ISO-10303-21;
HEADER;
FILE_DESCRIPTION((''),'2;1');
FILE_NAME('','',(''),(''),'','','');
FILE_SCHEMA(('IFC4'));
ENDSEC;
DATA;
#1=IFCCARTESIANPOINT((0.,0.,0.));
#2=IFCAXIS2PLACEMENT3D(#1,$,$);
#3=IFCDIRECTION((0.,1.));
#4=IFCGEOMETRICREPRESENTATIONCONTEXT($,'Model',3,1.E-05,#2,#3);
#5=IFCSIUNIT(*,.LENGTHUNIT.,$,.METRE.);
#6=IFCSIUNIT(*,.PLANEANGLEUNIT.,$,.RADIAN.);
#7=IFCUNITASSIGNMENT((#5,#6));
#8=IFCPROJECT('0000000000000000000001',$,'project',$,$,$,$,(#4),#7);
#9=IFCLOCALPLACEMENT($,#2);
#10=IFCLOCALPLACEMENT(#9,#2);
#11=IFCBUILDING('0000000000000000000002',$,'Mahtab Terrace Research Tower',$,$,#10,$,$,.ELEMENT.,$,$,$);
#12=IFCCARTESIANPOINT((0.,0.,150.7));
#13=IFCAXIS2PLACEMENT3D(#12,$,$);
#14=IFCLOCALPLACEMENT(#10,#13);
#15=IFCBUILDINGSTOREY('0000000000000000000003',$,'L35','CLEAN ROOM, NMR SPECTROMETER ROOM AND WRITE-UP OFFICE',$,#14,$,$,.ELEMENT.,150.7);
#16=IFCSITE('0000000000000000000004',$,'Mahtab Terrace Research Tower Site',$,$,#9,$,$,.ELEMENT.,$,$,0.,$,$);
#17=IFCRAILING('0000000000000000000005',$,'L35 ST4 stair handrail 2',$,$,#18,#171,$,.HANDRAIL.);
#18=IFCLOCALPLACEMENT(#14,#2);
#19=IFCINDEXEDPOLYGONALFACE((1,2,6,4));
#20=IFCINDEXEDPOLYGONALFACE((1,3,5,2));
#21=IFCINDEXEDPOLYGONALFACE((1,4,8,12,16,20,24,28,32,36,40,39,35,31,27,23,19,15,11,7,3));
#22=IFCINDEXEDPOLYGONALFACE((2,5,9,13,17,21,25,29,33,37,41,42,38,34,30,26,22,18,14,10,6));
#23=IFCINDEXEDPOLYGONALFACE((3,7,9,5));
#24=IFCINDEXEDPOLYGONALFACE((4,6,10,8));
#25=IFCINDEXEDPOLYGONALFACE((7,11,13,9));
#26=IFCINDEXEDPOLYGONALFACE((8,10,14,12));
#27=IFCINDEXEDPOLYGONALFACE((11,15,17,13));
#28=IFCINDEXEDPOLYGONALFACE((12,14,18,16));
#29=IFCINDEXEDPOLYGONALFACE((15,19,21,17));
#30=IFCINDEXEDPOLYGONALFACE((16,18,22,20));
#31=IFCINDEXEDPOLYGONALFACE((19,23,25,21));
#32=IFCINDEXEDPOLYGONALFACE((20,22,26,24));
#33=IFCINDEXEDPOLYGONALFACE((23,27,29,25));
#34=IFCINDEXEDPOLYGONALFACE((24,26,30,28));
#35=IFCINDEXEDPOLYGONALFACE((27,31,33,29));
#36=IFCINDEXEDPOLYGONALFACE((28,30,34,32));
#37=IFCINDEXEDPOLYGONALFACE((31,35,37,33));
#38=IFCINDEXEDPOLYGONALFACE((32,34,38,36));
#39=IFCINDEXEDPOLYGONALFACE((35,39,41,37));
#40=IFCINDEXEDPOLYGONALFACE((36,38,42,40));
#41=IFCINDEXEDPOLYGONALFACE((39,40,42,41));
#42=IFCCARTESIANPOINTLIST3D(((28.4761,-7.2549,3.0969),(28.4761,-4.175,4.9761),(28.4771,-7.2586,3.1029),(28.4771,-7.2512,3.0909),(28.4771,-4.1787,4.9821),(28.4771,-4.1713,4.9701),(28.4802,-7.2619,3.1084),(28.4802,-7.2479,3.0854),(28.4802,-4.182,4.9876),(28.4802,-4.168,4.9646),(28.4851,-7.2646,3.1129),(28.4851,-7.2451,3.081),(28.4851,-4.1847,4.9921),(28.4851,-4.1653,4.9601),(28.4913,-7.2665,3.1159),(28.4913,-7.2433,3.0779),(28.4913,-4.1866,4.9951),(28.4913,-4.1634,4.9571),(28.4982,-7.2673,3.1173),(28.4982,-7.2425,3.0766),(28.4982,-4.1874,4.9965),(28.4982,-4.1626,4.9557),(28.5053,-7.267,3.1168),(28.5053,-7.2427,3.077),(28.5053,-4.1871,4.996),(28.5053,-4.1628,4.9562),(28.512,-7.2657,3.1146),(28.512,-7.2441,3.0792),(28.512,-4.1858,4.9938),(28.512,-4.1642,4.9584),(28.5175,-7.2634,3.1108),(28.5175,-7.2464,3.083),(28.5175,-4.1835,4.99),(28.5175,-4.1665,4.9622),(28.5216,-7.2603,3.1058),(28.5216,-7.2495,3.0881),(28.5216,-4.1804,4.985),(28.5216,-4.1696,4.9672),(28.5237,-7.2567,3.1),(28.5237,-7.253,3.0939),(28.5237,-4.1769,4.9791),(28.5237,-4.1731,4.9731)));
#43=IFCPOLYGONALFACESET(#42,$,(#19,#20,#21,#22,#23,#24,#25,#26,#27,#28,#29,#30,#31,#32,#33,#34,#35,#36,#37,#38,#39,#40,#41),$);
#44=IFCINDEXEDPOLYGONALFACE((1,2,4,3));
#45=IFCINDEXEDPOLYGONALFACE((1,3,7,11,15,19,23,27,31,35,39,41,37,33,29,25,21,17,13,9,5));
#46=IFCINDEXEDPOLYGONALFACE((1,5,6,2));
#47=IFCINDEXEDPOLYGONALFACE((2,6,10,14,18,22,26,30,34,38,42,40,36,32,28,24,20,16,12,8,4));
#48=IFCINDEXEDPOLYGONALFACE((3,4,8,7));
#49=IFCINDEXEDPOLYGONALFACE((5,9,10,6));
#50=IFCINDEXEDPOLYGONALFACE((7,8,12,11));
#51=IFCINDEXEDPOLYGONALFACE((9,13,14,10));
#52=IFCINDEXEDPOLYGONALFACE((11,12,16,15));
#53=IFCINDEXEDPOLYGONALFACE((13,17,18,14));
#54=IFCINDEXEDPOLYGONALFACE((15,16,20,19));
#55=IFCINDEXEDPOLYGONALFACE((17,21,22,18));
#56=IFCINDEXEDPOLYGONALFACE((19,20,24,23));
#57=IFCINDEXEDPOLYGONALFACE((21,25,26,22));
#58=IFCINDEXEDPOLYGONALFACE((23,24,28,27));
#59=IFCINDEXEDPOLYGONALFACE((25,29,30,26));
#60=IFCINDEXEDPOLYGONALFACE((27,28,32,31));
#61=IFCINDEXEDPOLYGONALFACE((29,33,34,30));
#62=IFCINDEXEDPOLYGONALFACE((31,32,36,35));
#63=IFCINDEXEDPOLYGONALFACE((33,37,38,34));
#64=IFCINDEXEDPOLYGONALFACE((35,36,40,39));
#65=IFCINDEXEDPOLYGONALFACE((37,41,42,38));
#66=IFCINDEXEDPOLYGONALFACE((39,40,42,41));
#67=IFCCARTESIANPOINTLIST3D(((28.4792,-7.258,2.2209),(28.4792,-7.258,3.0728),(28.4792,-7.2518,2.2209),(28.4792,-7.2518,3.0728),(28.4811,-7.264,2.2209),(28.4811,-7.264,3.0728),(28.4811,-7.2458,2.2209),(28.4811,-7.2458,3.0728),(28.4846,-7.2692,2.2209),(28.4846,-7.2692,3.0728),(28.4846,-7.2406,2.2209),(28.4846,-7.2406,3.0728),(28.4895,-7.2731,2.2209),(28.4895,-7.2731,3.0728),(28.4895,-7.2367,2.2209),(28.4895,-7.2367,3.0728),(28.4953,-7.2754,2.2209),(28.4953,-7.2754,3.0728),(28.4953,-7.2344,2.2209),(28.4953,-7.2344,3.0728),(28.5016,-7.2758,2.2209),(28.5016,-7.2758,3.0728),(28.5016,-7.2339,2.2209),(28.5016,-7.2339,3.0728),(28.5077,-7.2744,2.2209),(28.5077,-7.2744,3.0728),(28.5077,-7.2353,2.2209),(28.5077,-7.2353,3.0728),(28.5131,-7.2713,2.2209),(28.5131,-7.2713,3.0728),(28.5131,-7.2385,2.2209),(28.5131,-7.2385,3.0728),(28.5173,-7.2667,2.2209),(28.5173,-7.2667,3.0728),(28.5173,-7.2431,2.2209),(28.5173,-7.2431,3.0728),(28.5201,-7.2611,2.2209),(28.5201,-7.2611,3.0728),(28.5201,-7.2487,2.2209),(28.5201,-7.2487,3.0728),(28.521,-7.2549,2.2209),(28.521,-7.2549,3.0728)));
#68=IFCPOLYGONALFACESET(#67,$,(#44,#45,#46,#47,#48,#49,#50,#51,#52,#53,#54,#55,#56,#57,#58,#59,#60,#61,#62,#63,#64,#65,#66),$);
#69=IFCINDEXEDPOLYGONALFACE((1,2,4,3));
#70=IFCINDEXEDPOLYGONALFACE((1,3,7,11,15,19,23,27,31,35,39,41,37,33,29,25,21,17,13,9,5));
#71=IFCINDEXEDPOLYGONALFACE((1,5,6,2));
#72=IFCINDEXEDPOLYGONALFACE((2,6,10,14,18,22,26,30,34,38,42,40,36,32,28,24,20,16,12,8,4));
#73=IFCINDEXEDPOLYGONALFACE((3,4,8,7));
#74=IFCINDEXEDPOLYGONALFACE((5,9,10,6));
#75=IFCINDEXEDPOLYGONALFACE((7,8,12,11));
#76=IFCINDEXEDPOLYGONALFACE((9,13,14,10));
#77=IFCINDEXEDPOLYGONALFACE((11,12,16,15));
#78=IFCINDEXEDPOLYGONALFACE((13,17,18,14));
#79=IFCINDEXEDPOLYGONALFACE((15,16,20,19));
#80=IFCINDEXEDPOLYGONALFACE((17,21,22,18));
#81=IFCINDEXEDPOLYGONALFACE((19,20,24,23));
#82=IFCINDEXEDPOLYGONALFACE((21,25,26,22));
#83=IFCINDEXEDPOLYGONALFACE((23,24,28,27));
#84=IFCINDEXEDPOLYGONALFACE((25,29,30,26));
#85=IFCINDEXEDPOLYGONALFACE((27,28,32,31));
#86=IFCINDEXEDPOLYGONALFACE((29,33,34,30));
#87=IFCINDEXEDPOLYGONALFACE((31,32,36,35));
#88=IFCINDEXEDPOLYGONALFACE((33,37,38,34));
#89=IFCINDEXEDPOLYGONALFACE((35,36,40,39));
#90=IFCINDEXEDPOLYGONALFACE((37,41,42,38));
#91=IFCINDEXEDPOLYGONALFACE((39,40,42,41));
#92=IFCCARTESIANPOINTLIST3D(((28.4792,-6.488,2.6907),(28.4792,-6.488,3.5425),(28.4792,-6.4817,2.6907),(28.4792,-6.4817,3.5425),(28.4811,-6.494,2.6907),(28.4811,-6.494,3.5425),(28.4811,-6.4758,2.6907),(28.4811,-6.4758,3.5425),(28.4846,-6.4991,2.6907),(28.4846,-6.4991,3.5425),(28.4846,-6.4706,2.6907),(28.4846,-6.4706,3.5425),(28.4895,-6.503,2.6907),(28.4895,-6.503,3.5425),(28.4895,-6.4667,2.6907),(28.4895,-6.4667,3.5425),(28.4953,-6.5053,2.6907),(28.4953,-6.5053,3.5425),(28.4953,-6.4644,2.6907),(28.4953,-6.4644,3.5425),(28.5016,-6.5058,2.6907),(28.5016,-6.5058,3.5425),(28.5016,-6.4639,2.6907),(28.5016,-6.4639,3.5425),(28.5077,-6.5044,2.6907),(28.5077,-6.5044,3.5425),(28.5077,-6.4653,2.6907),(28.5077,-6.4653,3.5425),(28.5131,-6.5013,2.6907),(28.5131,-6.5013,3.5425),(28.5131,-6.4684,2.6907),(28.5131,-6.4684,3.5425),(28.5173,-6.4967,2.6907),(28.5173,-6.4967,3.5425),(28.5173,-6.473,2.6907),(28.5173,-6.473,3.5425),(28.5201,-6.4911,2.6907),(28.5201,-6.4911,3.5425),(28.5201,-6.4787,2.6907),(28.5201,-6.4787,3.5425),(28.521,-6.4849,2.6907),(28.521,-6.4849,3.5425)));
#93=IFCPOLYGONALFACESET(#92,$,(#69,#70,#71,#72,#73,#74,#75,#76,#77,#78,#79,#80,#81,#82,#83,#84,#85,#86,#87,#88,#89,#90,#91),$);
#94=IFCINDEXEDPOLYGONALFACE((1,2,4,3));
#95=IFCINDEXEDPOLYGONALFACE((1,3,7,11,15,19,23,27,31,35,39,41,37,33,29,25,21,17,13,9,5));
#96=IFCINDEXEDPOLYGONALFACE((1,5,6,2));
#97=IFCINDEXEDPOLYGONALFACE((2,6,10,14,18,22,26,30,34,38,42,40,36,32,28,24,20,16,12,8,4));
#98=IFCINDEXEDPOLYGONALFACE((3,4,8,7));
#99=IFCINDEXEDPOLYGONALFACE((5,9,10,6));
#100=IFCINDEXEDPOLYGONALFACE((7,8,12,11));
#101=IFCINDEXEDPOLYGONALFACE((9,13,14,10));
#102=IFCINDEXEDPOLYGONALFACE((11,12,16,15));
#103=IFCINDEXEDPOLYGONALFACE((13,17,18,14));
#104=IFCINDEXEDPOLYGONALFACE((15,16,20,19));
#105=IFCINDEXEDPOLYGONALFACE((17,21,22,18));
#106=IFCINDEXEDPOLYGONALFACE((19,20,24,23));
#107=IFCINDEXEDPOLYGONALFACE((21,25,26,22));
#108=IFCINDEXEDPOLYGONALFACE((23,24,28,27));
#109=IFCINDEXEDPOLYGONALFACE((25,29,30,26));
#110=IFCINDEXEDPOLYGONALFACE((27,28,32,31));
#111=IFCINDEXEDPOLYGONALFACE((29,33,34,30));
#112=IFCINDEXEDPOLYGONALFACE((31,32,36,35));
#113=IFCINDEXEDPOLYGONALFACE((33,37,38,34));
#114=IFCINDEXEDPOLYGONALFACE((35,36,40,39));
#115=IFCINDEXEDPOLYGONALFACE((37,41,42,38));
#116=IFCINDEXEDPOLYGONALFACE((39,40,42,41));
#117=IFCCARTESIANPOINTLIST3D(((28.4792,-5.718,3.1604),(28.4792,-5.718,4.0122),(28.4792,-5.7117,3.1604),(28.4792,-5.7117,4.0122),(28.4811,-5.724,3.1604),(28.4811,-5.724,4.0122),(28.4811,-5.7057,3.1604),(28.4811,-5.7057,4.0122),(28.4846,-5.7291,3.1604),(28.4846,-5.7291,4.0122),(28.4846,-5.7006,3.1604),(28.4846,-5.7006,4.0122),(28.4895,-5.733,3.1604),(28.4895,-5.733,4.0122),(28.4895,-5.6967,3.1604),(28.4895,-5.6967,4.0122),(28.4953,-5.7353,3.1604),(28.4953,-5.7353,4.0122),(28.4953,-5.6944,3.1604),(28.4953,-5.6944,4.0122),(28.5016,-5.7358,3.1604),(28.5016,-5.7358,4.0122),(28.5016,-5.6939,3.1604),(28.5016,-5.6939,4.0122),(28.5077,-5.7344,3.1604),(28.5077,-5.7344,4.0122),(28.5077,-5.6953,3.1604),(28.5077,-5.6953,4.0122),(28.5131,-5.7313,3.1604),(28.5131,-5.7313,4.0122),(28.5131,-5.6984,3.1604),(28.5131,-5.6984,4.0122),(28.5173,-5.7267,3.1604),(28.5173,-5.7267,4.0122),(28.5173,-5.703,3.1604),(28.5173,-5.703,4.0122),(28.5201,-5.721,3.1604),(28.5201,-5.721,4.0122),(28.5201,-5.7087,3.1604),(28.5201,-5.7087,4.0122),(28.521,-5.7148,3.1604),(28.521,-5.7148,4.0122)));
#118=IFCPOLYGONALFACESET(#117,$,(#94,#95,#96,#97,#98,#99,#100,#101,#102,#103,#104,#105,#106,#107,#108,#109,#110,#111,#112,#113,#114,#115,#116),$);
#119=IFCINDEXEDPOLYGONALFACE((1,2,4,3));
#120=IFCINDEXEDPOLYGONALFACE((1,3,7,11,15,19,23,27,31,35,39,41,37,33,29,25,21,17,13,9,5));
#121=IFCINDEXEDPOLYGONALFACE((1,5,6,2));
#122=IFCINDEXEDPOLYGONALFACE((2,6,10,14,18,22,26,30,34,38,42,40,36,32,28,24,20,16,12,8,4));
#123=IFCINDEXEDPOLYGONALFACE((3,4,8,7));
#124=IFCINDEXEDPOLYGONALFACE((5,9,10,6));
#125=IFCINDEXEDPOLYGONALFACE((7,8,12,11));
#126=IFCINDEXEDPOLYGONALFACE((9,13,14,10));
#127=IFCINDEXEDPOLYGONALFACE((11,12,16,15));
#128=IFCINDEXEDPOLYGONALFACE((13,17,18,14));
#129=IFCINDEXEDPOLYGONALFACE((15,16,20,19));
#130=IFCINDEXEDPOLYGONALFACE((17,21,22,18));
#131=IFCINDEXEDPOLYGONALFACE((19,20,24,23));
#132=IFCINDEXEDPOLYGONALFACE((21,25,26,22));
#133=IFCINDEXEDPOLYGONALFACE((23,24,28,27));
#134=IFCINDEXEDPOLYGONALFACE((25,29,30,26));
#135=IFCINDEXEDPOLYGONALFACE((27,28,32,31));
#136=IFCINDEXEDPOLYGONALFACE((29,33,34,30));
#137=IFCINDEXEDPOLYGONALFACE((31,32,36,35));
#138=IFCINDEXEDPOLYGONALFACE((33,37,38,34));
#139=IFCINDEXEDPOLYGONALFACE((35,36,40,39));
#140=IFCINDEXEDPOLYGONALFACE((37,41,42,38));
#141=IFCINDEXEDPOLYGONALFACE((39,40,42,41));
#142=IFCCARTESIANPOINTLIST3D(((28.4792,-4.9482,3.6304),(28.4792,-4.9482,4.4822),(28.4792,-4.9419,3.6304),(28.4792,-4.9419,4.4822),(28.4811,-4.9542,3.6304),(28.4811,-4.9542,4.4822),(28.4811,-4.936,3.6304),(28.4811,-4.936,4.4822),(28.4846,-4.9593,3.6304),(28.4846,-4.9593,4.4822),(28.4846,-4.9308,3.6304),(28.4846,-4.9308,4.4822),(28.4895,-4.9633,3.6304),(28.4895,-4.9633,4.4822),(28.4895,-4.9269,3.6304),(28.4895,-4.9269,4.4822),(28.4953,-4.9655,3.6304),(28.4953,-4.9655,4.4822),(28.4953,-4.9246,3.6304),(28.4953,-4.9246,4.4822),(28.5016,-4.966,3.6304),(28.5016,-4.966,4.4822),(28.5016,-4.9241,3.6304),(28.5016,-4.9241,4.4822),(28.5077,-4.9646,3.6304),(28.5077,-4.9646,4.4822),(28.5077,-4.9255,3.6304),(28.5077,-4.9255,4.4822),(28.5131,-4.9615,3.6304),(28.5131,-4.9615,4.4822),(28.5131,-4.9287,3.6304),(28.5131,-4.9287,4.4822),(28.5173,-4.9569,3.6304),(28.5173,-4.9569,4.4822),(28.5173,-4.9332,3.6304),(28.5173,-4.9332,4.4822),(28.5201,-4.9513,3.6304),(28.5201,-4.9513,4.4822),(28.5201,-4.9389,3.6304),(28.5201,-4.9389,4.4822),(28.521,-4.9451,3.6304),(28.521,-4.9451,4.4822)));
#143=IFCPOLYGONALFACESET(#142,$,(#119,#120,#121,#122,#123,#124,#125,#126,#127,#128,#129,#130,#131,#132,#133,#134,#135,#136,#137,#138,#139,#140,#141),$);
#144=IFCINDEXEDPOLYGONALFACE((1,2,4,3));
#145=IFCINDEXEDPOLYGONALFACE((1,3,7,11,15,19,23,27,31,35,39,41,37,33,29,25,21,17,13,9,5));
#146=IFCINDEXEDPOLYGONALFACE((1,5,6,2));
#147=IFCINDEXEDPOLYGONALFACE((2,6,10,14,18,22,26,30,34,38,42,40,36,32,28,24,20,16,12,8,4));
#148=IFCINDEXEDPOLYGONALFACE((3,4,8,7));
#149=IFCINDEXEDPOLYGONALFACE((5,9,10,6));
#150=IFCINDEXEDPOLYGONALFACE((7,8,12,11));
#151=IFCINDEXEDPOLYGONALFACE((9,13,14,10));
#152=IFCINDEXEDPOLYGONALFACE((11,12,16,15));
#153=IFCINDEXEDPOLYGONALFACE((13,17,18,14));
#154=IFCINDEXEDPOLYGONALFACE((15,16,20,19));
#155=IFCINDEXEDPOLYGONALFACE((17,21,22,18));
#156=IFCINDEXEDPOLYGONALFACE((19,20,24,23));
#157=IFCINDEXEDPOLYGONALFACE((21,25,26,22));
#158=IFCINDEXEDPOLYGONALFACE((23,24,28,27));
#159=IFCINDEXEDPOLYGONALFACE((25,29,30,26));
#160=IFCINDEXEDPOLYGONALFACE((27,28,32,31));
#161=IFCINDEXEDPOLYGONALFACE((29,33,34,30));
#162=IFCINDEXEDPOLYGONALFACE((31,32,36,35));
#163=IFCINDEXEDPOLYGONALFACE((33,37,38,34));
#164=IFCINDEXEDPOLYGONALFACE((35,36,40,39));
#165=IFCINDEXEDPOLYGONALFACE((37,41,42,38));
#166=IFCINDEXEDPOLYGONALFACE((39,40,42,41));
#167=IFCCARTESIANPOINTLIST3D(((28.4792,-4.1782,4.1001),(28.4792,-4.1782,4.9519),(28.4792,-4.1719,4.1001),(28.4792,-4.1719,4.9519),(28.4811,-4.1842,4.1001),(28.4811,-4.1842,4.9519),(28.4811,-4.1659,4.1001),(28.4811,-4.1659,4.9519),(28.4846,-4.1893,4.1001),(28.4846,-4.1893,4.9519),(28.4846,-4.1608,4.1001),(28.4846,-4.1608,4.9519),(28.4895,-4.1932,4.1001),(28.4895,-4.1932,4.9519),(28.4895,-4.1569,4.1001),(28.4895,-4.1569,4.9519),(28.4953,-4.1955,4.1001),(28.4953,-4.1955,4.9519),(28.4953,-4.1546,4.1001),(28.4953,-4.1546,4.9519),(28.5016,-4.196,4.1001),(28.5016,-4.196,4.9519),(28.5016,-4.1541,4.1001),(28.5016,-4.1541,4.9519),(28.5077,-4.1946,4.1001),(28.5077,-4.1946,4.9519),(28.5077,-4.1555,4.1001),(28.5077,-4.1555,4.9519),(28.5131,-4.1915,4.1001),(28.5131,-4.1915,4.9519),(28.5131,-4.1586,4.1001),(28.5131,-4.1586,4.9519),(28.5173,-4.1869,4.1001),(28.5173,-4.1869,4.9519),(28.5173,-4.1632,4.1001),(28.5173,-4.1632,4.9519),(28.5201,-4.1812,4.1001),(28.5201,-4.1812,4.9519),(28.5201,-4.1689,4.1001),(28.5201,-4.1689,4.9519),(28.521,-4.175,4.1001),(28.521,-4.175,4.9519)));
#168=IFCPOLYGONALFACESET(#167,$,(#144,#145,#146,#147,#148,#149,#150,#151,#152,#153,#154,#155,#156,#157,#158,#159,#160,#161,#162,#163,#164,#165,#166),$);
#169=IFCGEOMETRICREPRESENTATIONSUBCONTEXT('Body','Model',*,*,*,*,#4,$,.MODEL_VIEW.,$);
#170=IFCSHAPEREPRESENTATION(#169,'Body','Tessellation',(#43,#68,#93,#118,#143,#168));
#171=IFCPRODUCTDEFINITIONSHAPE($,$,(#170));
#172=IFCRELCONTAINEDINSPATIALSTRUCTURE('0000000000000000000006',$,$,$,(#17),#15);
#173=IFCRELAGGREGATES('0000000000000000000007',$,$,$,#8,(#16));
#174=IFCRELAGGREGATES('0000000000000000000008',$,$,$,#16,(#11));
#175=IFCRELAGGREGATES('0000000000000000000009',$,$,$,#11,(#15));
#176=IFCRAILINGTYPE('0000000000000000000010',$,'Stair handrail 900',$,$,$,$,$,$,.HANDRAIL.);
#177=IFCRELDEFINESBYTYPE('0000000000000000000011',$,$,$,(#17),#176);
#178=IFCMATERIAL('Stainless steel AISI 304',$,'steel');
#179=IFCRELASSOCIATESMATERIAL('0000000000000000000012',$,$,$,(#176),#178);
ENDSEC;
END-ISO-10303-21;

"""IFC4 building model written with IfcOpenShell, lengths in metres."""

from ifc_helpers import new_model, si_unit, direction, frame, origin, origin_2d, place, context, subcontext, project, spatial, circle, extrude, material, type_object, element, save


model = new_model("IFC4")

# Units and contexts
model_context = context("Model", 3, precision=1e-05, world=origin(), true_north=direction((0.0, 1.0)))
body_context = subcontext(model_context, "Body", "Model", "MODEL_VIEW")
ifc_project = project(units=[si_unit("LENGTHUNIT", "METRE"), si_unit("PLANEANGLEUNIT", "RADIAN")], contexts=[model_context])

# Site, building, storey
site_placement = place(None, origin())
site = spatial("IfcSite", under=ifc_project, at=site_placement, Name="Mahtab Terrace Research Tower Site", CompositionType="ELEMENT", RefElevation=0.0)
building_placement = place(site_placement, origin())
building = spatial("IfcBuilding", under=site, at=building_placement, Name="Mahtab Terrace Research Tower", CompositionType="ELEMENT")
storey_placement = place(building_placement, frame((0.0, 0.0, 150.7)))
storey = spatial("IfcBuildingStorey", under=building, at=storey_placement, Name="L35", Description="CLEAN ROOM, NMR SPECTROMETER ROOM AND WRITE-UP OFFICE", CompositionType="ELEMENT", Elevation=150.7)

# Railing
ifc_material_1 = material(Name="Stainless steel AISI 304", Category="steel")
railing_type_1 = type_object("IfcRailingType", Name="Stair handrail 900", PredefinedType="HANDRAIL", material=ifc_material_1)
railing_1_placement = place(storey_placement, frame((28.5, -7.2549, 2.2209)))
element("IfcRailing", 1, at=railing_1_placement, inside=storey, type_object=railing_type_1, Name="L35 ST4 stair handrail 2", PredefinedType="HANDRAIL", context=body_context, shape_type="SweptSolid", body=[
    extrude(circle(Radius=0.0239, at=origin_2d()), frame((0.0, 0.0, 0.876), z_axis=(0.0, 0.853648, 0.52085), x_axis=(-1.0, 0.0, 0.0)), (0.0, 0.0, 1.0), 3.6079),
    extrude(circle(Radius=0.021, at=origin_2d()), origin(), (0.0, 0.0, 1.0), 0.8518),
    extrude(circle(Radius=0.021, at=origin_2d()), frame((0.0, 0.77, 0.4697)), (0.0, 0.0, 1.0), 0.8518),
    extrude(circle(Radius=0.021, at=origin_2d()), frame((0.0, 1.54, 0.9395)), (0.0, 0.0, 1.0), 0.8518),
    extrude(circle(Radius=0.021, at=origin_2d()), frame((0.0, 2.3098, 1.4094)), (0.0, 0.0, 1.0), 0.8518),
    extrude(circle(Radius=0.021, at=origin_2d()), frame((0.0, 3.0798, 1.8792)), (0.0, 0.0, 1.0), 0.8518),
])

save(model, "model.ifc")
